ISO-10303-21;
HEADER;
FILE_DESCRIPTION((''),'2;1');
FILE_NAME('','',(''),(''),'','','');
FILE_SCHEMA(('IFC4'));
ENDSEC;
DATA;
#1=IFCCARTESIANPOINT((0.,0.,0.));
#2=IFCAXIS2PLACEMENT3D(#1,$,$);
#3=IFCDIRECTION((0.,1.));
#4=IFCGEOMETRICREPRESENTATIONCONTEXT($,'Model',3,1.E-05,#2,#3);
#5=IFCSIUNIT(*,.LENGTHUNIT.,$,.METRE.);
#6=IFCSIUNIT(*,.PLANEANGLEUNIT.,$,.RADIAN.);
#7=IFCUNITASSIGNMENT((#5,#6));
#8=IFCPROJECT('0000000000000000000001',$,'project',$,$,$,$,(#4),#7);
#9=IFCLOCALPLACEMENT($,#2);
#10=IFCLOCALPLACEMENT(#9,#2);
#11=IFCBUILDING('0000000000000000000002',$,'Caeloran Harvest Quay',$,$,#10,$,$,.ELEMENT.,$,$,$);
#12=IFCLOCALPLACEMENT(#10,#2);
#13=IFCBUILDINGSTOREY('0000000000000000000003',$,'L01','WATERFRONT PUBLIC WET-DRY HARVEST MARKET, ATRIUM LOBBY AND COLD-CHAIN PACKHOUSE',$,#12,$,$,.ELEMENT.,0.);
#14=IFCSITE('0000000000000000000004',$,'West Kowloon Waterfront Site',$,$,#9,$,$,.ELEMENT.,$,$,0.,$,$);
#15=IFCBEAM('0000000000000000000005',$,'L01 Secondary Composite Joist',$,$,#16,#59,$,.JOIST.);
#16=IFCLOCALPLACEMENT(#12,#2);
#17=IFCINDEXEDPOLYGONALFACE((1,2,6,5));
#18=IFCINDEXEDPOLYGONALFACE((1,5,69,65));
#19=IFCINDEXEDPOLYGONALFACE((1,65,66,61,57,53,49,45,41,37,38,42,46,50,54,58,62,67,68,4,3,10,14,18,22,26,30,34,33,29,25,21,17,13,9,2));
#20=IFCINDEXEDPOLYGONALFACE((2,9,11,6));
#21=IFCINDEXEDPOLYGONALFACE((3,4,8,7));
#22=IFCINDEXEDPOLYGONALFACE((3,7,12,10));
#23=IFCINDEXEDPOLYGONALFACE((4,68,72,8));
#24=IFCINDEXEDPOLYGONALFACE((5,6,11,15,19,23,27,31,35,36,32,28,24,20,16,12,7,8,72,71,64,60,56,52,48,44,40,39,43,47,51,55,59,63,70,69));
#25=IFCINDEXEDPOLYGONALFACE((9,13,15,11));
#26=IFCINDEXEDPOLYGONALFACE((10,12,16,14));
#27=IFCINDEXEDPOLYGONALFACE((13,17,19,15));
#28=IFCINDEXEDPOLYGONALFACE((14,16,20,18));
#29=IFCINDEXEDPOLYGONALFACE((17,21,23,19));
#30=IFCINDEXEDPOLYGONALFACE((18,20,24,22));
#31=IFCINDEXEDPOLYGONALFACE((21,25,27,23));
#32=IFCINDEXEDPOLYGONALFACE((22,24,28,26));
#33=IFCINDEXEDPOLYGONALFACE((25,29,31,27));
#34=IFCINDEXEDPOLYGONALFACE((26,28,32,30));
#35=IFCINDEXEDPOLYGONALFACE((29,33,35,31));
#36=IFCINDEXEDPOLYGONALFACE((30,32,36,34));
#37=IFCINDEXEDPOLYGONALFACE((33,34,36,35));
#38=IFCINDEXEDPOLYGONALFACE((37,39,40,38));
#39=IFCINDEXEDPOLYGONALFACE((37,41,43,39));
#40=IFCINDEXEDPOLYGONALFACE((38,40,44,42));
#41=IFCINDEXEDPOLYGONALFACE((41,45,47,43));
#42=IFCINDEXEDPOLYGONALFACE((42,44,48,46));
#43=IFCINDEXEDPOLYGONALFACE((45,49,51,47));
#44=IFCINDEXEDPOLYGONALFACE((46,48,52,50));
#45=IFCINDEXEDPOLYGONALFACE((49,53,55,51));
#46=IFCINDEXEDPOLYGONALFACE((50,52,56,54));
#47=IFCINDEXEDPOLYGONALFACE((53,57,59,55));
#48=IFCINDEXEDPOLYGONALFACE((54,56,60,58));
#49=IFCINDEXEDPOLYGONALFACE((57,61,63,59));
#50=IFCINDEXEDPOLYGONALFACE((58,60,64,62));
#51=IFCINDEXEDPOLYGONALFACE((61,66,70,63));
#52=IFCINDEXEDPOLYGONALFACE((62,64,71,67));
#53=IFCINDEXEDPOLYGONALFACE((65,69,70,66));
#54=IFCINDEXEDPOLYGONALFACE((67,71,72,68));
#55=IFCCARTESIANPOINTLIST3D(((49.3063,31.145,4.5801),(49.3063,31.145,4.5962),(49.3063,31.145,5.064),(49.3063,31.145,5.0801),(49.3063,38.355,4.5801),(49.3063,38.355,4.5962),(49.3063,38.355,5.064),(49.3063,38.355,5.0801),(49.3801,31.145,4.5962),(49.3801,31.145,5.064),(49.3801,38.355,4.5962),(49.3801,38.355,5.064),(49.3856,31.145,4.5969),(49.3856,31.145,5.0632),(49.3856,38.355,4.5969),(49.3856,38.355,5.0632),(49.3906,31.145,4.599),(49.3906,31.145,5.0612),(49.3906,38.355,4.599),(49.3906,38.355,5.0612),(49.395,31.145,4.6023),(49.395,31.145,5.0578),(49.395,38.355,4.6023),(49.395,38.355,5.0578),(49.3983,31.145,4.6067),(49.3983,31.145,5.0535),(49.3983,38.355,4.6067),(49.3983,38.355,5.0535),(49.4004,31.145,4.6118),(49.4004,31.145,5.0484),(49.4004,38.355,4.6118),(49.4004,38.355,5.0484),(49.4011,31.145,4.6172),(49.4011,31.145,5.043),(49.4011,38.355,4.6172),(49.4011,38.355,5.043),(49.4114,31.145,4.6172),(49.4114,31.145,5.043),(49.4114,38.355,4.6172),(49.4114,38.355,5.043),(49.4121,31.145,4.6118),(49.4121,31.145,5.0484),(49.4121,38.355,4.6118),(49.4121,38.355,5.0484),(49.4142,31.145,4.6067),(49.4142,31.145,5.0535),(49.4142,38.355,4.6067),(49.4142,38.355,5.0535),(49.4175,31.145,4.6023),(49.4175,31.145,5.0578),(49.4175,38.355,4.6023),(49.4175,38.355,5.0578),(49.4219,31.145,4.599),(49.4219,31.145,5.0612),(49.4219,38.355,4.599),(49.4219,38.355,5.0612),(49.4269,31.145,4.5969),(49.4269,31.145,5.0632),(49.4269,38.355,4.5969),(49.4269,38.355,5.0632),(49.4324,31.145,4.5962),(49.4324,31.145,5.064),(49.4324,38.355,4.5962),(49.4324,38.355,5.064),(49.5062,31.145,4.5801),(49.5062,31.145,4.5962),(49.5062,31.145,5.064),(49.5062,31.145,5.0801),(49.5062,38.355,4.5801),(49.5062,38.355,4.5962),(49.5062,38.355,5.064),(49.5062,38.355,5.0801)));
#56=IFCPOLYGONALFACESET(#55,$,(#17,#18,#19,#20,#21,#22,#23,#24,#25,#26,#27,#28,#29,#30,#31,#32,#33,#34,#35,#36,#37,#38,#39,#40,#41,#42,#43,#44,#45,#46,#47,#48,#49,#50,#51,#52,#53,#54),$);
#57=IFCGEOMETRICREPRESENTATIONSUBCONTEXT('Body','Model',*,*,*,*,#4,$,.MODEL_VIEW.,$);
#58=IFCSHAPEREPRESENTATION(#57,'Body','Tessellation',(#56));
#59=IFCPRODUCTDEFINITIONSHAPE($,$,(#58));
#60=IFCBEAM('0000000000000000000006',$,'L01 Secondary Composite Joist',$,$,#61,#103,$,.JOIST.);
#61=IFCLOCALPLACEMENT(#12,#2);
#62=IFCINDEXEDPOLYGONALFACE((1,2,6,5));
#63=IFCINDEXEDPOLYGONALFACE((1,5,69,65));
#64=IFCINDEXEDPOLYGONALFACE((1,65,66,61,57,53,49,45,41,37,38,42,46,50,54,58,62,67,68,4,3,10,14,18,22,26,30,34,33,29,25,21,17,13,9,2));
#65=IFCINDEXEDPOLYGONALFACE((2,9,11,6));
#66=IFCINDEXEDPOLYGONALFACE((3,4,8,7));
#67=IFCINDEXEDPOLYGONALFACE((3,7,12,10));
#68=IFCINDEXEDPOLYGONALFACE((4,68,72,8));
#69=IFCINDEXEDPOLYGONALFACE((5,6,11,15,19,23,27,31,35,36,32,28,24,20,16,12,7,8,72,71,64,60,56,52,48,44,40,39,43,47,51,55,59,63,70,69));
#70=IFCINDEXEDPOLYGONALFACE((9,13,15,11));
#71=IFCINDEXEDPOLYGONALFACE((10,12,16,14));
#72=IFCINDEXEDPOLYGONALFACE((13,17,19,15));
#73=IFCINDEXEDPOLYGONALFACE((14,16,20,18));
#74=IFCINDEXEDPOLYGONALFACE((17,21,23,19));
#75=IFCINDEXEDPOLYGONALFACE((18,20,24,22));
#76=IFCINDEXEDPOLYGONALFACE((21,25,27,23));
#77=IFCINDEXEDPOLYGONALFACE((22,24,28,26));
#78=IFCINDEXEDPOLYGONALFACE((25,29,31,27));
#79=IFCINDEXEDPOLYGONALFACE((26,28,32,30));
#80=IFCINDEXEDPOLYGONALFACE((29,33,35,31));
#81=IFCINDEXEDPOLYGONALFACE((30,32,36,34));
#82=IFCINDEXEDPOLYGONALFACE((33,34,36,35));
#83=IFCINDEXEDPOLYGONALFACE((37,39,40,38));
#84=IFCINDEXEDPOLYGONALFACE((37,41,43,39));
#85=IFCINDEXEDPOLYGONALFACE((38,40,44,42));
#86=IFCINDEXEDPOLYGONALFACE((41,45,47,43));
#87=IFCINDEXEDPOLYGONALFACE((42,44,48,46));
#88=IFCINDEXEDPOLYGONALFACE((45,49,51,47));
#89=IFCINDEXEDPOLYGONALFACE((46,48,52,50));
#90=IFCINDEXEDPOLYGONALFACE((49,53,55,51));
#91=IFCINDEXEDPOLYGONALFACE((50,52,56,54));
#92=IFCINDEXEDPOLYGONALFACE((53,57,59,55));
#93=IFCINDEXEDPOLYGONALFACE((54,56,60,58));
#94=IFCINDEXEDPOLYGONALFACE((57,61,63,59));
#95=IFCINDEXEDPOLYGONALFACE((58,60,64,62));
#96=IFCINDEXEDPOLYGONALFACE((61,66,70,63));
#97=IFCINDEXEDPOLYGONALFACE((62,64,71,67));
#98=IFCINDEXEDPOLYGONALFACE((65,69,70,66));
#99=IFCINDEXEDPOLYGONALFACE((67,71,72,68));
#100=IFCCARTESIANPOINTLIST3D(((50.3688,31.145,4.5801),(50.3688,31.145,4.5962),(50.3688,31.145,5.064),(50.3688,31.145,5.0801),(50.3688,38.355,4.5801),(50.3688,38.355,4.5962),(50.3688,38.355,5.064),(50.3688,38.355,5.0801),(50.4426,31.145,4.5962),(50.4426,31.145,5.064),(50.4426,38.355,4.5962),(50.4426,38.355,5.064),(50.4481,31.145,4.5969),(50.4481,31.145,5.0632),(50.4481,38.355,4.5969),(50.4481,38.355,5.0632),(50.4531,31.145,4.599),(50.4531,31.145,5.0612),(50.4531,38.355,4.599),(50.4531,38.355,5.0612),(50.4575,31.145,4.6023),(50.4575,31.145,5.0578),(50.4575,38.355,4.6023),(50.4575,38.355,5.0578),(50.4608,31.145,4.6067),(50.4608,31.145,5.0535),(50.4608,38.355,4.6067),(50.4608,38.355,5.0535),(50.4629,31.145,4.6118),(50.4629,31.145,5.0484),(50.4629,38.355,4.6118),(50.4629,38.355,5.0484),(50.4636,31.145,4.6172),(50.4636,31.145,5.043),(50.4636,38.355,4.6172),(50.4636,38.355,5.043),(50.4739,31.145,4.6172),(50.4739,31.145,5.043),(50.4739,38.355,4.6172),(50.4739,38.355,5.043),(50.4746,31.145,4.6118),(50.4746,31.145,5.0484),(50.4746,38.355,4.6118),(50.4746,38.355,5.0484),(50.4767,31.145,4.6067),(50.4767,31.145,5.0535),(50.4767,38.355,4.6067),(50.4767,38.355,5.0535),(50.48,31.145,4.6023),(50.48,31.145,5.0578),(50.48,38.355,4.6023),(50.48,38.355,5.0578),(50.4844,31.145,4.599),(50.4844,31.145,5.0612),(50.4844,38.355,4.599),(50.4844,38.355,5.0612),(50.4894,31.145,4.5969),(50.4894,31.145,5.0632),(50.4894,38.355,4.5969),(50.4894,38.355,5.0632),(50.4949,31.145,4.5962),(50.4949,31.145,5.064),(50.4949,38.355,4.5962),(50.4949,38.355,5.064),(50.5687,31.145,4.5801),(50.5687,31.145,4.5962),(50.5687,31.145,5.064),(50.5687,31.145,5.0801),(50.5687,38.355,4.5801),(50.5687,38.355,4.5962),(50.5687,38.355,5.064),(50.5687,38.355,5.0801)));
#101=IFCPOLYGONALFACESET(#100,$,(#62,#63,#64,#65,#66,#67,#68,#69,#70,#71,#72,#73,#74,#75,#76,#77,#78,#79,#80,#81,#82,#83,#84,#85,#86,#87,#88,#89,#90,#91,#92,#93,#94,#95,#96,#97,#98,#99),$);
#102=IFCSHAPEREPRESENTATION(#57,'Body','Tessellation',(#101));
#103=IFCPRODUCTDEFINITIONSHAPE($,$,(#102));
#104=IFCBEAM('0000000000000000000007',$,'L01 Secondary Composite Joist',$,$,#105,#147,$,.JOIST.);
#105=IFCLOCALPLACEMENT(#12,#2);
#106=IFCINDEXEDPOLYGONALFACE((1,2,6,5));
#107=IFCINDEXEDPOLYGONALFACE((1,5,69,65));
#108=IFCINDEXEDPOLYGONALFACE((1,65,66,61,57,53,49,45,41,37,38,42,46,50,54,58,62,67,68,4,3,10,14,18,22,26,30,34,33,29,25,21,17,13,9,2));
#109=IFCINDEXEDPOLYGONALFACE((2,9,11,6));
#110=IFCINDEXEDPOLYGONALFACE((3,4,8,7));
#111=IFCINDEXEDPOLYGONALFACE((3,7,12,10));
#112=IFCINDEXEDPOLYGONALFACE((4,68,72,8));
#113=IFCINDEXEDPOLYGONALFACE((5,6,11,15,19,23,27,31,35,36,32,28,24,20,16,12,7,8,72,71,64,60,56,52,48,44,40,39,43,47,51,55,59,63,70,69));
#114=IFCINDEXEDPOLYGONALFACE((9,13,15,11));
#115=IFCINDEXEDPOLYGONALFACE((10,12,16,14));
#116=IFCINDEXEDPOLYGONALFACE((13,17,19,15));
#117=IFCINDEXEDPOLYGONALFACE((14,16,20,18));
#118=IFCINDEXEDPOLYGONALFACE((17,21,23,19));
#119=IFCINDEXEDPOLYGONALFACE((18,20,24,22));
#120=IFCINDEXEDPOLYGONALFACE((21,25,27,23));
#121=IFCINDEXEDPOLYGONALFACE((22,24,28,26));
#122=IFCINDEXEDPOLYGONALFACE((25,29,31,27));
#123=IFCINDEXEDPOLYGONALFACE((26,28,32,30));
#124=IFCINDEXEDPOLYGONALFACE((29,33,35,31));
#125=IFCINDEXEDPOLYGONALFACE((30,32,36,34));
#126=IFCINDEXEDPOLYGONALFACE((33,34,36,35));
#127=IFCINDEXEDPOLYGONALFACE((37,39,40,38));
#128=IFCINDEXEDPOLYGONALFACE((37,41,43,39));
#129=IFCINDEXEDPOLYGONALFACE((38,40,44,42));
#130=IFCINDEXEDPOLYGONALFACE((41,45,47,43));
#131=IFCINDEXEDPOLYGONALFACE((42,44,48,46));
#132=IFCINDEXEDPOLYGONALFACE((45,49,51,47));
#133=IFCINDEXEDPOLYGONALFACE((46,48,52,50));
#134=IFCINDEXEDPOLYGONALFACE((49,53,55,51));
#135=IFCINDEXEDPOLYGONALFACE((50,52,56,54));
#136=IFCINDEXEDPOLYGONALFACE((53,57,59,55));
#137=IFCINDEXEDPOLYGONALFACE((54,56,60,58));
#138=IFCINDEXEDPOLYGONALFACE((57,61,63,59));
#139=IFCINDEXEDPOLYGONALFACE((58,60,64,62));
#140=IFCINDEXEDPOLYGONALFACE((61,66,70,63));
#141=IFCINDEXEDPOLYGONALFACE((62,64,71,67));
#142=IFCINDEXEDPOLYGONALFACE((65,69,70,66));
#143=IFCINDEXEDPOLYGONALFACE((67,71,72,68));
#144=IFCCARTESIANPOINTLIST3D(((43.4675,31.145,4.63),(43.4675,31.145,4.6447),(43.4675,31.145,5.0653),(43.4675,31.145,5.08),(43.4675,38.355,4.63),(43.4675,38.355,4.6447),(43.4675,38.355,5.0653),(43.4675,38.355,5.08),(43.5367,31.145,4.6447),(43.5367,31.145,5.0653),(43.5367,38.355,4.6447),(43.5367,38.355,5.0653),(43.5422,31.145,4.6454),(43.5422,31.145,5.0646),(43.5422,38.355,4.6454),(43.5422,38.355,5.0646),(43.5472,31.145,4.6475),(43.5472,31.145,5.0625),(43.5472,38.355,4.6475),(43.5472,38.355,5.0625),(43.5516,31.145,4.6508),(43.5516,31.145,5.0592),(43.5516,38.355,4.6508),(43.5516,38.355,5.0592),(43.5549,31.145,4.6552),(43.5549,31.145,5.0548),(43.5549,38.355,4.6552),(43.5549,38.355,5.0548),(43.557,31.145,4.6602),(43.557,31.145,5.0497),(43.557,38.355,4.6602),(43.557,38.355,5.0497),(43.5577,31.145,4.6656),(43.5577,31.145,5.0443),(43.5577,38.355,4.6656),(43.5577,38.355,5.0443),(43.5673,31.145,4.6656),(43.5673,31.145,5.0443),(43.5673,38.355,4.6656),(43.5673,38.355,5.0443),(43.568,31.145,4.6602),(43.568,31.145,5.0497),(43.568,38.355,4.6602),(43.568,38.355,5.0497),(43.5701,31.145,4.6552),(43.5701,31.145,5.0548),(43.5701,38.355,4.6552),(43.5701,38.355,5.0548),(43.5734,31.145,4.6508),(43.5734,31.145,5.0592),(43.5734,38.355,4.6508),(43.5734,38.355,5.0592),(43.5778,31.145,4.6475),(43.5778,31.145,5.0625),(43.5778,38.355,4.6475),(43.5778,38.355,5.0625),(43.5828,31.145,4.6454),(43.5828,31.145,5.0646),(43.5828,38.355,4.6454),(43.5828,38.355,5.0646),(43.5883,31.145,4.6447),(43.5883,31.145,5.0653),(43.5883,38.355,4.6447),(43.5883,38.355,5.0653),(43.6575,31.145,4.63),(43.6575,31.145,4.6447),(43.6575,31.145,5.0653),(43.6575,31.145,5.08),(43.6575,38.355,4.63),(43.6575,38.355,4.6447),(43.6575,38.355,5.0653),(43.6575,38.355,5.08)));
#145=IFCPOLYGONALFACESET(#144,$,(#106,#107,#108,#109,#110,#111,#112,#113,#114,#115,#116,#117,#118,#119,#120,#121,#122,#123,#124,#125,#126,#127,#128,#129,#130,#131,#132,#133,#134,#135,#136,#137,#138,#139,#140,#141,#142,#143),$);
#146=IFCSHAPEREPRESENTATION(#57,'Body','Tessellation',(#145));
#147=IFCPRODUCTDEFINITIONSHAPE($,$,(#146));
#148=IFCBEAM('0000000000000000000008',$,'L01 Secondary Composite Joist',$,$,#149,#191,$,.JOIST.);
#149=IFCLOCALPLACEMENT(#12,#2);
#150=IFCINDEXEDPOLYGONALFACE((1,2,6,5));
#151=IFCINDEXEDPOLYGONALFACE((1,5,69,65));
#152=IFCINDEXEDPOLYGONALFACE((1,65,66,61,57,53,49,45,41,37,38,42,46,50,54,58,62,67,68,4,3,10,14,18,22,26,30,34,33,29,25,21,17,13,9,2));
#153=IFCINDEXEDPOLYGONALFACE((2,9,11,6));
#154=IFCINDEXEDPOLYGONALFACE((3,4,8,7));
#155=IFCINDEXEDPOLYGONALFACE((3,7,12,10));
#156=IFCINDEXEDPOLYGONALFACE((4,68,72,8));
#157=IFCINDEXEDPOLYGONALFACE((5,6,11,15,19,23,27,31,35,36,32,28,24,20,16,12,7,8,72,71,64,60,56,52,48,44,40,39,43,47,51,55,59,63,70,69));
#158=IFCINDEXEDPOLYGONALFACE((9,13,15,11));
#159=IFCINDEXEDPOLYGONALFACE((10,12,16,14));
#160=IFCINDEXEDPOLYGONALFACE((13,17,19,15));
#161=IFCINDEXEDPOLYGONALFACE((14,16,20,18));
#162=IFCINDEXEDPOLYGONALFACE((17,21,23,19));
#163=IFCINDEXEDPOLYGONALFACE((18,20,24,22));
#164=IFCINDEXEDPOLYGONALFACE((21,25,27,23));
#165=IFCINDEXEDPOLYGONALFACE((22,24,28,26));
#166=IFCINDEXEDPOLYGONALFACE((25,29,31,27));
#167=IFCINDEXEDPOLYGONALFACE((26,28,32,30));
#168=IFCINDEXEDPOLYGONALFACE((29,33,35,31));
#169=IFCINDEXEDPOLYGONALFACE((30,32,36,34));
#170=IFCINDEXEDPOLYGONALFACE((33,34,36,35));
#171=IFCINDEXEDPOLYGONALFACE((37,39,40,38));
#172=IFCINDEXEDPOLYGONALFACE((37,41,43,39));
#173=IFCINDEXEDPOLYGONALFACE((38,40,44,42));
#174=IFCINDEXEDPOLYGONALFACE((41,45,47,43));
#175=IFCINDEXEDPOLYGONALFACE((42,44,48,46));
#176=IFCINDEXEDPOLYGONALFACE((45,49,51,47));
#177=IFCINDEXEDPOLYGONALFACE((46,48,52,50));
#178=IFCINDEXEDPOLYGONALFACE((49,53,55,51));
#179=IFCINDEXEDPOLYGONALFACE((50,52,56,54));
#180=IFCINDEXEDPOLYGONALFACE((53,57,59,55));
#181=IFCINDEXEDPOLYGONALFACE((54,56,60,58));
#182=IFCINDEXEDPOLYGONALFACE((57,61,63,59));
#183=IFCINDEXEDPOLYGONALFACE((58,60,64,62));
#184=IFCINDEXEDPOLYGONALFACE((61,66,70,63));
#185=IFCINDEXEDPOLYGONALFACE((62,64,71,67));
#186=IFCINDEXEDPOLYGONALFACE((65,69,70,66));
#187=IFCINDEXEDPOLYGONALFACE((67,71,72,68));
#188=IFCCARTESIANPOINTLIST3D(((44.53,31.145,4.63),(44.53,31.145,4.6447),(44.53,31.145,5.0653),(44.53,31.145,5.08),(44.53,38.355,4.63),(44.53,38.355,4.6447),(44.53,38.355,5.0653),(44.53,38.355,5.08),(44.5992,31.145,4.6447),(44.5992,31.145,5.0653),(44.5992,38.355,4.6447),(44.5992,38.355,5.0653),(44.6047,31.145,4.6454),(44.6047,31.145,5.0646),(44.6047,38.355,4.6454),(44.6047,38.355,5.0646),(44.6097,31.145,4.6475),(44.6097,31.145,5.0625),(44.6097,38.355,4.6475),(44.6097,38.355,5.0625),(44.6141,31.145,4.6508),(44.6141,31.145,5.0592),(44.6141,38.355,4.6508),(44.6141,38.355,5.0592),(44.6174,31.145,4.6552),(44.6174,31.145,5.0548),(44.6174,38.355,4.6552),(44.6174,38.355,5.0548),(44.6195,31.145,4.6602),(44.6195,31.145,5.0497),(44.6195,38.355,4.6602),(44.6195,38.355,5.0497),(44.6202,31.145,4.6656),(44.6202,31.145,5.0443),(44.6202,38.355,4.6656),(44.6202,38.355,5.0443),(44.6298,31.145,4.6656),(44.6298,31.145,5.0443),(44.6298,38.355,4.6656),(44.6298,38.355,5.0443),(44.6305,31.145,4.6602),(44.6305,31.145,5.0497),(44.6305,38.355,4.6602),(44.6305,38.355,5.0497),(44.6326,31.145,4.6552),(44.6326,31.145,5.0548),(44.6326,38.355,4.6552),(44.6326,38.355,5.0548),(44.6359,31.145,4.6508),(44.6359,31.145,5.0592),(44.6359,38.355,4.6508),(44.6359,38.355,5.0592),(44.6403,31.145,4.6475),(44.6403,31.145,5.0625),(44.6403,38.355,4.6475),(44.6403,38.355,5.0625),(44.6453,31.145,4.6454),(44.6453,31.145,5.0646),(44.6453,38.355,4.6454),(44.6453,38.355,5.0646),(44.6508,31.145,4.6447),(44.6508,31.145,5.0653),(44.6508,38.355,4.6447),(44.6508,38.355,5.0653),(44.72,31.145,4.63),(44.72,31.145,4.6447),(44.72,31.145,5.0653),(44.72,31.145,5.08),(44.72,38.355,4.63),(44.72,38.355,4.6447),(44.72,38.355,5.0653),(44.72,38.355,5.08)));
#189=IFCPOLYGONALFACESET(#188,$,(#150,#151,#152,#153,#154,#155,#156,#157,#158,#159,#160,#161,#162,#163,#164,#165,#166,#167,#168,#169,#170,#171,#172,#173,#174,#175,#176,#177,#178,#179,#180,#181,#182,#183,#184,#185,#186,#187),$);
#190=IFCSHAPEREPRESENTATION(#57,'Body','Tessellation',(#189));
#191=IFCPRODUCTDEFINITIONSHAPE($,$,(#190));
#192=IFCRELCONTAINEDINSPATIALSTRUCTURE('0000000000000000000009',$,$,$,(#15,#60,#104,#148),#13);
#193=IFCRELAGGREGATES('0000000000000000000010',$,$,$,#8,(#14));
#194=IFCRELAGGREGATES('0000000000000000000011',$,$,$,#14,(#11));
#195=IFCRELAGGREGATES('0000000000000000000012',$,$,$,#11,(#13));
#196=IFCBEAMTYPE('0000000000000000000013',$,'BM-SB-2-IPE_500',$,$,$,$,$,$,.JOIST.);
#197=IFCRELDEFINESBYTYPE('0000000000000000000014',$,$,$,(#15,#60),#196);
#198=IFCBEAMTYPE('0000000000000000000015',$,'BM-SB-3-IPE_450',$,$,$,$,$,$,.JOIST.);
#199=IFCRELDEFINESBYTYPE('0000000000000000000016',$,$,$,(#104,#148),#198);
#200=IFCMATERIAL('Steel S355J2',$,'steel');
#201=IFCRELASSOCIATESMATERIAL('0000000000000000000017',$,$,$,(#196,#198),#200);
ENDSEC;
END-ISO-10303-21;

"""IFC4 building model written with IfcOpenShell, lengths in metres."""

from ifc_helpers import new_model, si_unit, direction, frame, origin, origin_2d, place, context, subcontext, project, spatial, i_section, extrude, material, material_profile, profile_set, type_object, element, save


model = new_model("IFC4")

# Units and contexts
model_context = context("Model", 3, precision=1e-05, world=origin(), true_north=direction((0.0, 1.0)))
body_context = subcontext(model_context, "Body", "Model", "MODEL_VIEW")
ifc_project = project(units=[si_unit("LENGTHUNIT", "METRE"), si_unit("PLANEANGLEUNIT", "RADIAN")], contexts=[model_context])

# Site, building, storey
site_placement = place(None, origin())
site = spatial("IfcSite", under=ifc_project, at=site_placement, Name="West Kowloon Waterfront Site", CompositionType="ELEMENT", RefElevation=0.0)
building_placement = place(site_placement, origin())
building = spatial("IfcBuilding", under=site, at=building_placement, Name="Caeloran Harvest Quay", CompositionType="ELEMENT")
storey_placement = place(building_placement, origin())
storey = spatial("IfcBuildingStorey", under=building, at=storey_placement, Name="L01", Description="WATERFRONT PUBLIC WET-DRY HARVEST MARKET, ATRIUM LOBBY AND COLD-CHAIN PACKHOUSE", CompositionType="ELEMENT", Elevation=0.0)

# Beams
ifc_material_1 = material(Name="Steel S355J2", Category="steel")
ifc_material_profile_1 = material_profile(ifc_material_1, i_section(OverallWidth=0.2, OverallDepth=0.5, WebThickness=0.0103, FlangeThickness=0.0161, FilletRadius=0.021, at=origin_2d()), Name="IPE 500")
ifc_profile_set_1 = profile_set([ifc_material_profile_1], Name="Steel S355J2")
beam_type_1 = type_object("IfcBeamType", Name="BM-SB-2-IPE_500", PredefinedType="JOIST", material=ifc_profile_set_1)
for number, where, z_axis, x_axis, name in (
    (1, (49.4062, 31.145, 4.8301), (0.0, 1.0, 0.0), (-1.0, 0.0, 0.0), "L01 Secondary Composite Joist"),
    (2, (50.4688, 31.145, 4.8301), (0.0, 1.0, 0.0), (-1.0, 0.0, 0.0), "L01 Secondary Composite Joist"),
):
    element("IfcBeam", number, at=place(storey_placement, frame(where, z_axis=z_axis, x_axis=x_axis)), inside=storey, type_object=beam_type_1, Name=name, PredefinedType="JOIST", context=body_context, shape_type="SweptSolid", body=[
        extrude(i_section(OverallWidth=0.2, OverallDepth=0.5, WebThickness=0.0103, FlangeThickness=0.0161, FilletRadius=0.021, at=origin_2d()), origin(), (0.0, 0.0, 1.0), 7.21),
    ])
ifc_material_profile_2 = material_profile(ifc_material_1, i_section(OverallWidth=0.1899, OverallDepth=0.45, WebThickness=0.0095, FlangeThickness=0.0146, FilletRadius=0.021, at=origin_2d()), Name="IPE 450")
ifc_profile_set_2 = profile_set([ifc_material_profile_2], Name="Steel S355J2")
beam_type_2 = type_object("IfcBeamType", Name="BM-SB-3-IPE_450", PredefinedType="JOIST", material=ifc_profile_set_2)
for number, where, z_axis, x_axis, name in (
    (3, (43.5625, 31.145, 4.855), (0.0, 1.0, 0.0), (-1.0, 0.0, 0.0), "L01 Secondary Composite Joist"),
    (4, (44.625, 31.145, 4.855), (0.0, 1.0, 0.0), (-1.0, 0.0, 0.0), "L01 Secondary Composite Joist"),
):
    element("IfcBeam", number, at=place(storey_placement, frame(where, z_axis=z_axis, x_axis=x_axis)), inside=storey, type_object=beam_type_2, Name=name, PredefinedType="JOIST", context=body_context, shape_type="SweptSolid", body=[
        extrude(i_section(OverallWidth=0.1899, OverallDepth=0.45, WebThickness=0.0095, FlangeThickness=0.0146, FilletRadius=0.021, at=origin_2d()), origin(), (0.0, 0.0, 1.0), 7.21),
    ])

save(model, "model.ifc")
